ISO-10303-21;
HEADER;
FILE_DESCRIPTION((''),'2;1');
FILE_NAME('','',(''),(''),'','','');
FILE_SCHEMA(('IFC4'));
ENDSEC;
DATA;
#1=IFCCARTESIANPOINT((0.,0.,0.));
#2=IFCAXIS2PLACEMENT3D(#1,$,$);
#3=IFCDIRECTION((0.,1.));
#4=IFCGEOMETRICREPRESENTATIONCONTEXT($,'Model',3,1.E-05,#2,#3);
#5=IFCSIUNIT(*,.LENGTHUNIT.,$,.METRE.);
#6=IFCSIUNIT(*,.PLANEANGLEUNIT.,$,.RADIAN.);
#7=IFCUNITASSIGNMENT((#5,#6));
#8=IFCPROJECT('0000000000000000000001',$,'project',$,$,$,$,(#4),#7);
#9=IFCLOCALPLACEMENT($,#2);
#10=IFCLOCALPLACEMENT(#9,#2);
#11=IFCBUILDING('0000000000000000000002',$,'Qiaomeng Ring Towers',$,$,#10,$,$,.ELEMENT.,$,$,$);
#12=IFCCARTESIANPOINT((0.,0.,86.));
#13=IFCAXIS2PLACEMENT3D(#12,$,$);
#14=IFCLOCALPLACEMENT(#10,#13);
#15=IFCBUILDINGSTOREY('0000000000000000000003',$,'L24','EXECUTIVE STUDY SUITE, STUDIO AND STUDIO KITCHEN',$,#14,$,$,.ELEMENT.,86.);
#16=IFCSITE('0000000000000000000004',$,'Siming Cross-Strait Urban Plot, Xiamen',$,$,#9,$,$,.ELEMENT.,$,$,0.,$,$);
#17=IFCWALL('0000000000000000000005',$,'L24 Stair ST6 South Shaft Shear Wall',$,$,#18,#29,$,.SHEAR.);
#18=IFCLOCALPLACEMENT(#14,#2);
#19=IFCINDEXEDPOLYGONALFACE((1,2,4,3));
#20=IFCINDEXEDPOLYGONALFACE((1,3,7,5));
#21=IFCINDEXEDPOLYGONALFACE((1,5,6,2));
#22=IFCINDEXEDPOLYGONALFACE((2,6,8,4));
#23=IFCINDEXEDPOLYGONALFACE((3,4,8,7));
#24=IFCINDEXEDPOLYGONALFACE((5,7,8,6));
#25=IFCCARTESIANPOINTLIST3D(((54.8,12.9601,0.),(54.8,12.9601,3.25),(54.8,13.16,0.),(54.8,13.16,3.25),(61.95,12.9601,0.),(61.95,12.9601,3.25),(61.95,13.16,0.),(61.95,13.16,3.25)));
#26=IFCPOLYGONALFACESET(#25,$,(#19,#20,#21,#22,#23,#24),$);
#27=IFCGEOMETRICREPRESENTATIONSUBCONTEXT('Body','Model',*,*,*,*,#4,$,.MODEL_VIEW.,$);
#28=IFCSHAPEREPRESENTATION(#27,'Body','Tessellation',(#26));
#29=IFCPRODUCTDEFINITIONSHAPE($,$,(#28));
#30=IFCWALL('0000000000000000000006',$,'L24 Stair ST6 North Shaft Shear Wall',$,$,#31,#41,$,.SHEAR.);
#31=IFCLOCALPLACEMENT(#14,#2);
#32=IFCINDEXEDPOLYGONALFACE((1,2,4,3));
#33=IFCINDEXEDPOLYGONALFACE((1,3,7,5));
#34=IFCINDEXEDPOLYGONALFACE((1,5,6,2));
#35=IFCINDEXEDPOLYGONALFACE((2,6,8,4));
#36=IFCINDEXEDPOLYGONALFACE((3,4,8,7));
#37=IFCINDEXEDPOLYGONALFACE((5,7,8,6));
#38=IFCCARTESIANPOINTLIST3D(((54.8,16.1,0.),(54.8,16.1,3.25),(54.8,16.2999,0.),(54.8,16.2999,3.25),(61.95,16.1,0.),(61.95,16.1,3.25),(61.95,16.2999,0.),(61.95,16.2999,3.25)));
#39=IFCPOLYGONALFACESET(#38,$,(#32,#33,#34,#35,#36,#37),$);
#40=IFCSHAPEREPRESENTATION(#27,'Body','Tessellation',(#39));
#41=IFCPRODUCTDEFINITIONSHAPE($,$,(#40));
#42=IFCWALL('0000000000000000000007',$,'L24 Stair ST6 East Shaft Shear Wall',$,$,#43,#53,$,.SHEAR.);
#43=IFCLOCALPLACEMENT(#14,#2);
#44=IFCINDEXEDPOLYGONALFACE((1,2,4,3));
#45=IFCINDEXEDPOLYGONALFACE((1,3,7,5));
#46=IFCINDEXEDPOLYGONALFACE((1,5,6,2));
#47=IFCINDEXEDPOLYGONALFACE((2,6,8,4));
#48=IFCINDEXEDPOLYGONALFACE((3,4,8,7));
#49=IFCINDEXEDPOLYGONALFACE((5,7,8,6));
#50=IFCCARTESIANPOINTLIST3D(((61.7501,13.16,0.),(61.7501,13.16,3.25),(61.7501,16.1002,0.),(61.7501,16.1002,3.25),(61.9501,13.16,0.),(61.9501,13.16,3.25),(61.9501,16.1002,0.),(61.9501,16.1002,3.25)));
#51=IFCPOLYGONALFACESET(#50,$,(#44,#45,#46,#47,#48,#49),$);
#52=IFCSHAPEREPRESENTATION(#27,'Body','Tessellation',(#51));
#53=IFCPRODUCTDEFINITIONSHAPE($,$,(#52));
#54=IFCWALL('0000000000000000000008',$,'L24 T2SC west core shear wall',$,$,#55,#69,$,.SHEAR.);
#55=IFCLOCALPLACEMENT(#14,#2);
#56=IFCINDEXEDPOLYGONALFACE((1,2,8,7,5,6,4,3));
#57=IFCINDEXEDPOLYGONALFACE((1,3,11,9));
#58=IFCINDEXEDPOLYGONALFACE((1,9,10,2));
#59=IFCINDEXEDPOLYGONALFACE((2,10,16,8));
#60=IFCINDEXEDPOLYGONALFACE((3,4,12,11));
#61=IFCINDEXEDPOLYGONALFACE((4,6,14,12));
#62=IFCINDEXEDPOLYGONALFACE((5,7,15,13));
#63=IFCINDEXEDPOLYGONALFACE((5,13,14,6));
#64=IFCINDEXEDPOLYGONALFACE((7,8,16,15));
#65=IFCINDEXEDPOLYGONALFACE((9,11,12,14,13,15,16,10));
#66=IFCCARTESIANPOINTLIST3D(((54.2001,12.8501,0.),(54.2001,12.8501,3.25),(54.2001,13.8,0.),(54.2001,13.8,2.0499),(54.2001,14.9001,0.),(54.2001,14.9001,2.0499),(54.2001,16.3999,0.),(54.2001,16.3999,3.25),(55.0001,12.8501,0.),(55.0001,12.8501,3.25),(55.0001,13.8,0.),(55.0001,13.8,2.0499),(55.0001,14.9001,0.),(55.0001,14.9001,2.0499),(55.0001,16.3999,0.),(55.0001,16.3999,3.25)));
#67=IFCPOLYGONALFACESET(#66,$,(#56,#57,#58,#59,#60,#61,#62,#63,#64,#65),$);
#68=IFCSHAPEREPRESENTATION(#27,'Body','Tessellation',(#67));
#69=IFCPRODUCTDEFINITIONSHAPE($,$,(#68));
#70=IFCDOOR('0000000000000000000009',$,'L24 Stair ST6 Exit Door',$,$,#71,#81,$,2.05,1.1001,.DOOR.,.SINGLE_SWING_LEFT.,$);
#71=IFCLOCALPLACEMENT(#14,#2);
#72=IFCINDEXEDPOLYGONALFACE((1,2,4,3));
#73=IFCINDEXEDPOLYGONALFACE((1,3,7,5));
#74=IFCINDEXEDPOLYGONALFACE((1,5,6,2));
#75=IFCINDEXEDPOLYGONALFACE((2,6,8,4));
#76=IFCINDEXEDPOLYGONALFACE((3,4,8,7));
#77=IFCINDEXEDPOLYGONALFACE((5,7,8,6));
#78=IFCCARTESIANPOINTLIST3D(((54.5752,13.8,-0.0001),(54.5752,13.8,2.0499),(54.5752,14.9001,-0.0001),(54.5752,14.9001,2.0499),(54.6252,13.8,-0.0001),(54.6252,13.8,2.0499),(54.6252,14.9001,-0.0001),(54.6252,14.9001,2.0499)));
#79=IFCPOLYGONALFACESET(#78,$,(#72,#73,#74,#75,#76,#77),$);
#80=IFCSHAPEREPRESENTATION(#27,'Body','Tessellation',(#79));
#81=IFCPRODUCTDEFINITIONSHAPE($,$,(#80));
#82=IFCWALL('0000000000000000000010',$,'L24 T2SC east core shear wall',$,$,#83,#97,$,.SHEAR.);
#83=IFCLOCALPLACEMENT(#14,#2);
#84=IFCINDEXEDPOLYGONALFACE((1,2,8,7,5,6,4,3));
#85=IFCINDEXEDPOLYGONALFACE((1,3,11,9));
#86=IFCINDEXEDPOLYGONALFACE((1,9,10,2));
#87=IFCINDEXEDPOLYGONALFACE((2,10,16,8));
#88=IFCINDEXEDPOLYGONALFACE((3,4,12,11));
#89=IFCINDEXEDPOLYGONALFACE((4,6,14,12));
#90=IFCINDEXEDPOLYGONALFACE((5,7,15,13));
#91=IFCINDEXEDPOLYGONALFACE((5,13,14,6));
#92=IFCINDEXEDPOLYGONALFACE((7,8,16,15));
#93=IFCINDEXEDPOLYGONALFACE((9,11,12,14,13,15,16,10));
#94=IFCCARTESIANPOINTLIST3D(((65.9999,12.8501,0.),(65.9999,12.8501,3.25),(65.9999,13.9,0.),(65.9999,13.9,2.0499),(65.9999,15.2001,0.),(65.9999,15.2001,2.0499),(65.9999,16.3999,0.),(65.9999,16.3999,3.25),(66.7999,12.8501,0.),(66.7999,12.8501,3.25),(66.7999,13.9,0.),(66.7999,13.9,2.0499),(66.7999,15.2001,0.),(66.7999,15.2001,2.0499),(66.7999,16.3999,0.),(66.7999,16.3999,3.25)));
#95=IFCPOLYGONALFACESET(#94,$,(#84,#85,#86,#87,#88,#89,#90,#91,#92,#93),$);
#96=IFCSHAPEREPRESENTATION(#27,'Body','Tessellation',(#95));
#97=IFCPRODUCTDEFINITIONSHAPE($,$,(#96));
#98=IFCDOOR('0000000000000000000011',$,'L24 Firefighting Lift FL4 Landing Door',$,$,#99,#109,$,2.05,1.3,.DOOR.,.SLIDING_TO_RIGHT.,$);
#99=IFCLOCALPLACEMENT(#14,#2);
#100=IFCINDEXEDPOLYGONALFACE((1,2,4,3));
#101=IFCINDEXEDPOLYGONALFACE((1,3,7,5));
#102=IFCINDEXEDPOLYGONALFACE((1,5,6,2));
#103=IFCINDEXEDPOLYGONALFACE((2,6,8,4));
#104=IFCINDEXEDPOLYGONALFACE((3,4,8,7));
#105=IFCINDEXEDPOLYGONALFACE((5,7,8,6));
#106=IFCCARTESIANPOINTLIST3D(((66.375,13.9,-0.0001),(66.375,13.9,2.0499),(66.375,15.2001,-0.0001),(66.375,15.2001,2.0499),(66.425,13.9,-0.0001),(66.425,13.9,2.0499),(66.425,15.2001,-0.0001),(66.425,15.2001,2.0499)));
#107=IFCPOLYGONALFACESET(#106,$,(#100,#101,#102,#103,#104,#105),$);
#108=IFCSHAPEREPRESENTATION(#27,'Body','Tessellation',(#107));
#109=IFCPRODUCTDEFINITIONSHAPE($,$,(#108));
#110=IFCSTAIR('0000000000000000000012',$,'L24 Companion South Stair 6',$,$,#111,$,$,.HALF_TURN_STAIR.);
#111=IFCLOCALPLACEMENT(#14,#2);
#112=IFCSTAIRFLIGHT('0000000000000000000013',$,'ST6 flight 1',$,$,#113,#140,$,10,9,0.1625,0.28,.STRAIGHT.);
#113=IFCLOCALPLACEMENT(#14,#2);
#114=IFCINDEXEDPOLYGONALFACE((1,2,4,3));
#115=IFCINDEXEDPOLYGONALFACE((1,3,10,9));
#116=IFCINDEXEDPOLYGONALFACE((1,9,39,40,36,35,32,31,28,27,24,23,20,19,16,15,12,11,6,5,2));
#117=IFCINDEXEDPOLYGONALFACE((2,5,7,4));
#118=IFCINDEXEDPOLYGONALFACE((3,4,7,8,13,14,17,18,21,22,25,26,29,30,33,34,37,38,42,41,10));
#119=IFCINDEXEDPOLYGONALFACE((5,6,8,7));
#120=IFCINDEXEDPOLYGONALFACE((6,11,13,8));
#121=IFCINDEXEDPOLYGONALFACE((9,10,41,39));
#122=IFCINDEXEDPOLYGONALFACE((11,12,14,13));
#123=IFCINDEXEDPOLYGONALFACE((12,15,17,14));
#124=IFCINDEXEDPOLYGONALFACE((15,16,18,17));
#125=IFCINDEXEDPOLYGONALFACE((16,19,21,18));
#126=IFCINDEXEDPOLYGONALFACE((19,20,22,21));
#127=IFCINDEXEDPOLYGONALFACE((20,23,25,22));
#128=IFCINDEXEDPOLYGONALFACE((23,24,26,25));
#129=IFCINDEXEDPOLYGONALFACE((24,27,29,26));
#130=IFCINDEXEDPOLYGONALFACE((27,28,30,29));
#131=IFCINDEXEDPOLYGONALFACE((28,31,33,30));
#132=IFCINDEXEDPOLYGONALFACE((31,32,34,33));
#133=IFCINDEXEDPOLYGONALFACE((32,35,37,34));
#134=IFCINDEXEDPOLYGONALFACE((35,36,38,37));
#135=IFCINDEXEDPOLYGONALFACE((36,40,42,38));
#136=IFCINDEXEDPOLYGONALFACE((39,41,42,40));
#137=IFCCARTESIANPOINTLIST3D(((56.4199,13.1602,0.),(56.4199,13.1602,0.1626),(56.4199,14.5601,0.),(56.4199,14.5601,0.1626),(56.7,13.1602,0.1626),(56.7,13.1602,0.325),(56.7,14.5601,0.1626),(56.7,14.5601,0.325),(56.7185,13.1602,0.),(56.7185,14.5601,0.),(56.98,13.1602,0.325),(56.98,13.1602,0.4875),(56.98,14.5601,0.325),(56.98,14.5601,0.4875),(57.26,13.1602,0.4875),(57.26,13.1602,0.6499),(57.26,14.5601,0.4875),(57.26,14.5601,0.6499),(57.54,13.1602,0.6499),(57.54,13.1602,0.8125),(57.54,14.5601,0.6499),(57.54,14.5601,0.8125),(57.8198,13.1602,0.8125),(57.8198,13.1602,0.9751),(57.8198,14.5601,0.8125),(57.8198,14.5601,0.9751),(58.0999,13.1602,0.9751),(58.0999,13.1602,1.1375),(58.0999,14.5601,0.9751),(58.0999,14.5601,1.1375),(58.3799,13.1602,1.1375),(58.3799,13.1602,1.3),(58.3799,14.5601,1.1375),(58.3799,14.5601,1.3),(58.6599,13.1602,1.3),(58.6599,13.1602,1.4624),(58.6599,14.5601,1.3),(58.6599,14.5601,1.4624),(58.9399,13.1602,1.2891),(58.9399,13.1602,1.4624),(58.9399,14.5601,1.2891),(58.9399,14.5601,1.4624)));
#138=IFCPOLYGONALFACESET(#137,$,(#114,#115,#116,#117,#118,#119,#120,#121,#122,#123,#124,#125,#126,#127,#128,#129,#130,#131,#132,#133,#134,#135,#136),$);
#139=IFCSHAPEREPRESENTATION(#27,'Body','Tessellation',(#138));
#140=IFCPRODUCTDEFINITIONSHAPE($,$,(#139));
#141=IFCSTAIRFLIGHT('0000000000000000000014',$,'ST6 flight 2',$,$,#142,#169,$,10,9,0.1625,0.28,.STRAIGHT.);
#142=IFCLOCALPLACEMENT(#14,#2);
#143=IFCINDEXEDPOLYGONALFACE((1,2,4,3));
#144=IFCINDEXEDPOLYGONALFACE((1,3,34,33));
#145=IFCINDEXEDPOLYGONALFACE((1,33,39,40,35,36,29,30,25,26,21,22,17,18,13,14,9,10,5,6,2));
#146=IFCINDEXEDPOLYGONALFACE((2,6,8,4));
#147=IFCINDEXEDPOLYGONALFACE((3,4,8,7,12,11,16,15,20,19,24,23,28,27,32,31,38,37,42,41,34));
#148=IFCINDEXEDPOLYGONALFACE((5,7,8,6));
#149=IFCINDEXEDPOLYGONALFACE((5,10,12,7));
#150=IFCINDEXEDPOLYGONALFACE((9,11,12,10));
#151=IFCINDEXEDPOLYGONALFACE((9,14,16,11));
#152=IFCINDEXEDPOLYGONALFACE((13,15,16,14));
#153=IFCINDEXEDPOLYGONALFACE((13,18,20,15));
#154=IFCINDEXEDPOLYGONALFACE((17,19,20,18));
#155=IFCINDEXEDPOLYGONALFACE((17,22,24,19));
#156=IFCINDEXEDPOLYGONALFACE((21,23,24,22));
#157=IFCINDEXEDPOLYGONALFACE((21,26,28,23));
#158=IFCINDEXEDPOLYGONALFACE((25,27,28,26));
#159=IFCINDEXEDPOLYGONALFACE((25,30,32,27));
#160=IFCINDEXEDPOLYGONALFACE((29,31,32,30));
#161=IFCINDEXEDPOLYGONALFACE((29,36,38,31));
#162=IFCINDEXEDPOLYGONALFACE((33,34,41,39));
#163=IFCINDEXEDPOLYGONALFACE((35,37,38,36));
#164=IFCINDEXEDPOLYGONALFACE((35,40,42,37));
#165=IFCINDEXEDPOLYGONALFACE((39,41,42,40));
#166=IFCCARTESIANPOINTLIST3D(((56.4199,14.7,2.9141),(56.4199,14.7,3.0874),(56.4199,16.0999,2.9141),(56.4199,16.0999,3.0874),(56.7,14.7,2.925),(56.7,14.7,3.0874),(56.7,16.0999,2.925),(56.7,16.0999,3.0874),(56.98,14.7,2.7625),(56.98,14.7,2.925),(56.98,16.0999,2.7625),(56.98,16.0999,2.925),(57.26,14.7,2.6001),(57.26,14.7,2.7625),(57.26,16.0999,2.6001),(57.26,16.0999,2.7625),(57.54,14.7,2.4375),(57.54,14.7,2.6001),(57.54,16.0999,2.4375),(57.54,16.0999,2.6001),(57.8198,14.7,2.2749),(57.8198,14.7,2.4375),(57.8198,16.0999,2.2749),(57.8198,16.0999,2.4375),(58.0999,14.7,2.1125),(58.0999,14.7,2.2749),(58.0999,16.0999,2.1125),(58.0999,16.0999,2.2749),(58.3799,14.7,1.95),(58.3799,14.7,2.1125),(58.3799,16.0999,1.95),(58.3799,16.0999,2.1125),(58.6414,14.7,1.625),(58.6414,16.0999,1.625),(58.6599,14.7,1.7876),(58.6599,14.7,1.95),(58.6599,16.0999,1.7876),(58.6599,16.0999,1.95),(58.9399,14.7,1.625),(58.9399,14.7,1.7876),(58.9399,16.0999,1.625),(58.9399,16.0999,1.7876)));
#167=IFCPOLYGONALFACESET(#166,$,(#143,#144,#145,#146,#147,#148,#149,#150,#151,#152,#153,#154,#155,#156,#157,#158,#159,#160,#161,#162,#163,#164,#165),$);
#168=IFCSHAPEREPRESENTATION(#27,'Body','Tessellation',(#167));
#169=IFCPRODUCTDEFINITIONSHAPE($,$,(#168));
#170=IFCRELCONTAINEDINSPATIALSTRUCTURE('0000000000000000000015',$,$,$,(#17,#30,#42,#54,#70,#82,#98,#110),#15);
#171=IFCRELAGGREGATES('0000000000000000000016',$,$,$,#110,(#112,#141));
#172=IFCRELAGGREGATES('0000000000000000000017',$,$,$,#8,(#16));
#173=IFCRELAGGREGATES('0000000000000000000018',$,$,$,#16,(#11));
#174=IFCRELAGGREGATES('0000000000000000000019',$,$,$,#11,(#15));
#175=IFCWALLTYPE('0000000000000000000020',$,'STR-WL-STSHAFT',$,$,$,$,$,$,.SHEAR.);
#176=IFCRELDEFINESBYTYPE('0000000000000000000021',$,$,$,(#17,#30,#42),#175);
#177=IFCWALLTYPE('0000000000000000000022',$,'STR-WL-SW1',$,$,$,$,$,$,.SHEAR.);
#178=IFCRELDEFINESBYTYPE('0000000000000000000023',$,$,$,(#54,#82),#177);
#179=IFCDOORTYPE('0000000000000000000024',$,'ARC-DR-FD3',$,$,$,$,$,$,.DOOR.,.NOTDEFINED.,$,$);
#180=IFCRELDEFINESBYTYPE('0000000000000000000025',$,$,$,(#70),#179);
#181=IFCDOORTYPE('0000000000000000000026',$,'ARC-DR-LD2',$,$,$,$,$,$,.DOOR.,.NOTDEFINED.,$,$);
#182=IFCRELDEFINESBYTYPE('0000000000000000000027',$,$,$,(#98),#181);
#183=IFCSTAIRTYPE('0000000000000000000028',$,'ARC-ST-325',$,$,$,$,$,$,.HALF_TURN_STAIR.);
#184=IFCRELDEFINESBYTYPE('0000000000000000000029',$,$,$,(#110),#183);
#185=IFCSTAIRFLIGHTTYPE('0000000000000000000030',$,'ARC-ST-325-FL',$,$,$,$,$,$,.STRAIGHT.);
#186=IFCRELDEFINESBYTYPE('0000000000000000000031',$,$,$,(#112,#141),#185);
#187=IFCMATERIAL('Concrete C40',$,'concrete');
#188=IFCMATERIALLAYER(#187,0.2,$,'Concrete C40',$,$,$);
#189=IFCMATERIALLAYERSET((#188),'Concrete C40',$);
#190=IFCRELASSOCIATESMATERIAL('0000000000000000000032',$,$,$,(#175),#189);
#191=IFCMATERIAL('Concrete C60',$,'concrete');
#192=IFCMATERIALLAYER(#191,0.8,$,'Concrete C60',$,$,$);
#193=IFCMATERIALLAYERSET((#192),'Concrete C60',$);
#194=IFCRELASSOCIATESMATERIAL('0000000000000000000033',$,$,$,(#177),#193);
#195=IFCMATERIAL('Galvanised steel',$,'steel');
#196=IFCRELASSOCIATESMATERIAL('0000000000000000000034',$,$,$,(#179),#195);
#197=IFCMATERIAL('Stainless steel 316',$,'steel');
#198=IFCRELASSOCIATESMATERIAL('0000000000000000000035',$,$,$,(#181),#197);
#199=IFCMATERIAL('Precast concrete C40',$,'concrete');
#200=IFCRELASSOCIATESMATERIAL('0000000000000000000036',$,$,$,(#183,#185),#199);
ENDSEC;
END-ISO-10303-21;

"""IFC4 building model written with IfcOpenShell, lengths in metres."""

from ifc_helpers import new_model, si_unit, direction, frame, frame_2d, origin, place, context, subcontext, project, spatial, polyline, rectangle, outline, extrude, source, transform, mapped, material, layer, layer_set, type_object, element, fill, aggregate, save


model = new_model("IFC4")

# Units and contexts
model_context = context("Model", 3, precision=1e-05, world=origin(), true_north=direction((0.0, 1.0)))
body_context = subcontext(model_context, "Body", "Model", "MODEL_VIEW")
ifc_project = project(units=[si_unit("LENGTHUNIT", "METRE"), si_unit("PLANEANGLEUNIT", "RADIAN")], contexts=[model_context])

# Site, building, storey
site_placement = place(None, origin())
site = spatial("IfcSite", under=ifc_project, at=site_placement, Name="Siming Cross-Strait Urban Plot, Xiamen", CompositionType="ELEMENT", RefElevation=0.0)
building_placement = place(site_placement, origin())
building = spatial("IfcBuilding", under=site, at=building_placement, Name="Qiaomeng Ring Towers", CompositionType="ELEMENT")
storey_placement = place(building_placement, frame((0.0, 0.0, 86.0)))
storey = spatial("IfcBuildingStorey", under=building, at=storey_placement, Name="L24", Description="EXECUTIVE STUDY SUITE, STUDIO AND STUDIO KITCHEN", CompositionType="ELEMENT", Elevation=86.0)

# Walls
ifc_material_1 = material(Name="Concrete C40", Category="concrete")
ifc_layer_1 = layer(ifc_material_1, 0.2, Name="Concrete C40")
ifc_layer_set_1 = layer_set([ifc_layer_1], Name="Concrete C40")
wall_type_1 = type_object("IfcWallType", Name="STR-WL-STSHAFT", PredefinedType="SHEAR", material=ifc_layer_set_1)
for number, where, z_axis, x_axis, name in (
    (1, (54.8, 13.0601, 0.0), (0.0, 0.0, 1.0), (1.0, 0.0, 0.0), "L24 Stair ST6 South Shaft Shear Wall"),
    (2, (54.8, 16.2, 0.0), (0.0, 0.0, 1.0), (1.0, 0.0, 0.0), "L24 Stair ST6 North Shaft Shear Wall"),
):
    element("IfcWall", number, at=place(storey_placement, frame(where, z_axis=z_axis, x_axis=x_axis)), inside=storey, type_object=wall_type_1, Name=name, PredefinedType="SHEAR", context=body_context, shape_type="SweptSolid", body=[
        extrude(rectangle(XDim=7.1499, YDim=0.2, at=frame_2d((3.575, 0.0))), origin(), (0.0, 0.0, 1.0), 3.25),
    ])
wall_1_placement = place(storey_placement, frame((61.8501, 13.1599, 0.0), z_axis=(0.0, 0.0, 1.0), x_axis=(0.0, 1.0, 0.0)))
element("IfcWall", 3, at=wall_1_placement, inside=storey, type_object=wall_type_1, Name="L24 Stair ST6 East Shaft Shear Wall", PredefinedType="SHEAR", context=body_context, shape_type="SweptSolid", body=[
    extrude(rectangle(XDim=2.9402, YDim=0.2, at=frame_2d((1.4702, 0.0))), origin(), (0.0, 0.0, 1.0), 3.25),
])

# Walls, openings, doors
ifc_material_2 = material(Name="Concrete C60", Category="concrete")
ifc_layer_2 = layer(ifc_material_2, 0.8, Name="Concrete C60")
ifc_layer_set_2 = layer_set([ifc_layer_2], Name="Concrete C60")
wall_type_2 = type_object("IfcWallType", Name="STR-WL-SW1", PredefinedType="SHEAR", material=ifc_layer_set_2)
wall_2_placement = place(storey_placement, frame((54.6001, 12.8501, 0.0), z_axis=(0.0, 0.0, 1.0), x_axis=(0.0, 1.0, 0.0)))
wall_2 = element("IfcWall", 4, at=wall_2_placement, inside=storey, type_object=wall_type_2, Name="L24 T2SC west core shear wall", PredefinedType="SHEAR", context=body_context, shape_type="SweptSolid", body=[
    extrude(rectangle(XDim=3.5498, YDim=0.8, at=frame_2d((1.7749, 0.0))), origin(), (0.0, 0.0, 1.0), 3.25),
])
opening_1_placement = place(wall_2_placement, frame((0.95, 0.0, 0.0)))
opening_1 = element("IfcOpeningElement", 5, at=opening_1_placement, cuts=wall_2, PredefinedType="OPENING", context=body_context, shape_type="SweptSolid", body=[
    extrude(rectangle(XDim=1.1001, YDim=2.05, at=frame_2d((0.55, 1.0249))), frame((0.0, 0.4099, 0.0), z_axis=(0.0, -1.0, 0.0), x_axis=(1.0, 0.0, 0.0)), (0.0, 0.0, 1.0), 0.8201),
])
ifc_material_3 = material(Name="Galvanised steel", Category="steel")
door_type_1 = type_object("IfcDoorType", Name="ARC-DR-FD3", OperationType="NOTDEFINED", PredefinedType="DOOR", material=ifc_material_3)
shared_shape_1 = source(origin(), body_context, "Body", "SweptSolid", [
    extrude(rectangle(XDim=1.1001, YDim=2.05, at=frame_2d((0.55, 1.0249))), frame((0.0, 0.0249, 0.0), z_axis=(0.0, -1.0, 0.0), x_axis=(1.0, 0.0, 0.0)), (0.0, 0.0, 1.0), 0.05),
])
door_1_placement = place(opening_1_placement, origin())
door_1 = element("IfcDoor", 6, at=door_1_placement, inside=storey, type_object=door_type_1, Name="L24 Stair ST6 Exit Door", OperationType="SINGLE_SWING_LEFT", OverallHeight=2.05, OverallWidth=1.1001, PredefinedType="DOOR", context=body_context, shape_type="MappedRepresentation", body=[
    mapped(shared_shape_1, transform((0.0, 0.0, 0.0), x_axis=(1.0, 0.0, 0.0), y_axis=(0.0, 1.0, 0.0), z_axis=(0.0, 0.0, 1.0), scale=1.0)),
])
fill(opening_1, door_1)
wall_3_placement = place(storey_placement, frame((66.3999, 12.8501, 0.0), z_axis=(0.0, 0.0, 1.0), x_axis=(0.0, 1.0, 0.0)))
wall_3 = element("IfcWall", 7, at=wall_3_placement, inside=storey, type_object=wall_type_2, Name="L24 T2SC east core shear wall", PredefinedType="SHEAR", context=body_context, shape_type="SweptSolid", body=[
    extrude(rectangle(XDim=3.5498, YDim=0.8, at=frame_2d((1.7749, 0.0))), origin(), (0.0, 0.0, 1.0), 3.25),
])
opening_2_placement = place(wall_3_placement, frame((1.05, 0.0, 0.0)))
opening_2 = element("IfcOpeningElement", 8, at=opening_2_placement, cuts=wall_3, PredefinedType="OPENING", context=body_context, shape_type="SweptSolid", body=[
    extrude(rectangle(XDim=1.3, YDim=2.05, at=frame_2d((0.6499, 1.0249))), frame((0.0, 0.4099, 0.0), z_axis=(0.0, -1.0, 0.0), x_axis=(1.0, 0.0, 0.0)), (0.0, 0.0, 1.0), 0.8201),
])
ifc_material_4 = material(Name="Stainless steel 316", Category="steel")
door_type_2 = type_object("IfcDoorType", Name="ARC-DR-LD2", OperationType="NOTDEFINED", PredefinedType="DOOR", material=ifc_material_4)
shared_shape_2 = source(origin(), body_context, "Body", "SweptSolid", [
    extrude(rectangle(XDim=1.3, YDim=2.05, at=frame_2d((0.6499, 1.0249))), frame((0.0, 0.0249, 0.0), z_axis=(0.0, -1.0, 0.0), x_axis=(1.0, 0.0, 0.0)), (0.0, 0.0, 1.0), 0.05),
])
door_2_placement = place(opening_2_placement, origin())
door_2 = element("IfcDoor", 9, at=door_2_placement, inside=storey, type_object=door_type_2, Name="L24 Firefighting Lift FL4 Landing Door", OperationType="SLIDING_TO_RIGHT", OverallHeight=2.05, OverallWidth=1.3, PredefinedType="DOOR", context=body_context, shape_type="MappedRepresentation", body=[
    mapped(shared_shape_2, transform((0.0, 0.0, 0.0), x_axis=(1.0, 0.0, 0.0), y_axis=(0.0, 1.0, 0.0), z_axis=(0.0, 0.0, 1.0), scale=1.0)),
])
fill(opening_2, door_2)

# Stair, stair flights
ifc_material_5 = material(Name="Precast concrete C40", Category="concrete")
stair_type = type_object("IfcStairType", Name="ARC-ST-325", PredefinedType="HALF_TURN_STAIR", material=ifc_material_5)
stair_placement = place(storey_placement, origin())
stair = element("IfcStair", 10, at=stair_placement, inside=storey, type_object=stair_type, Name="L24 Companion South Stair 6", PredefinedType="HALF_TURN_STAIR")
stair_flight_type = type_object("IfcStairFlightType", Name="ARC-ST-325-FL", PredefinedType="STRAIGHT", material=ifc_material_5)
shared_shape_3 = source(origin(), body_context, "Body", "SweptSolid", [
    extrude(outline(polyline([(0.0, 0.0), (0.0, 0.1626), (0.28, 0.1626), (0.28, 0.325), (0.5601, 0.325), (0.5601, 0.4875), (0.8401, 0.4875), (0.8401, 0.6499), (1.1201, 0.6499), (1.1201, 0.8125), (1.3999, 0.8125), (1.3999, 0.9751), (1.6799, 0.9751), (1.6799, 1.1375), (1.96, 1.1375), (1.96, 1.3), (2.24, 1.3), (2.24, 1.4624), (2.52, 1.4624), (2.52, 1.625), (2.52, 1.2891), (0.2986, 0.0), (0.0, 0.0)])), frame((0.0, 0.7, 0.0), z_axis=(0.0, -1.0, 0.0), x_axis=(1.0, 0.0, 0.0)), (0.0, 0.0, 1.0), 1.3999),
])
stair_flight_1_placement = place(storey_placement, frame((56.4199, 13.8601, 0.0), z_axis=(0.0, 0.0, 1.0), x_axis=(1.0, 0.0, 0.0)))
stair_flight_1 = element("IfcStairFlight", 11, at=stair_flight_1_placement, type_object=stair_flight_type, Name="ST6 flight 1", NumberOfRisers=10, NumberOfTreads=9, PredefinedType="STRAIGHT", RiserHeight=0.1625, TreadLength=0.28, context=body_context, shape_type="MappedRepresentation", body=[
    mapped(shared_shape_3, transform((0.0, 0.0, 0.0), x_axis=(1.0, 0.0, 0.0), y_axis=(0.0, 1.0, 0.0), z_axis=(0.0, 0.0, 1.0), scale=1.0)),
])
stair_flight_2_placement = place(storey_placement, frame((58.9399, 15.3999, 1.625), z_axis=(0.0, 0.0, 1.0), x_axis=(-1.0, 0.0, 0.0)))
stair_flight_2 = element("IfcStairFlight", 12, at=stair_flight_2_placement, type_object=stair_flight_type, Name="ST6 flight 2", NumberOfRisers=10, NumberOfTreads=9, PredefinedType="STRAIGHT", RiserHeight=0.1625, TreadLength=0.28, context=body_context, shape_type="MappedRepresentation", body=[
    mapped(shared_shape_3, transform((0.0, 0.0, 0.0), x_axis=(1.0, 0.0, 0.0), y_axis=(0.0, 1.0, 0.0), z_axis=(0.0, 0.0, 1.0), scale=1.0)),
])
aggregate(stair, [stair_flight_1, stair_flight_2])

save(model, "model.ifc")
